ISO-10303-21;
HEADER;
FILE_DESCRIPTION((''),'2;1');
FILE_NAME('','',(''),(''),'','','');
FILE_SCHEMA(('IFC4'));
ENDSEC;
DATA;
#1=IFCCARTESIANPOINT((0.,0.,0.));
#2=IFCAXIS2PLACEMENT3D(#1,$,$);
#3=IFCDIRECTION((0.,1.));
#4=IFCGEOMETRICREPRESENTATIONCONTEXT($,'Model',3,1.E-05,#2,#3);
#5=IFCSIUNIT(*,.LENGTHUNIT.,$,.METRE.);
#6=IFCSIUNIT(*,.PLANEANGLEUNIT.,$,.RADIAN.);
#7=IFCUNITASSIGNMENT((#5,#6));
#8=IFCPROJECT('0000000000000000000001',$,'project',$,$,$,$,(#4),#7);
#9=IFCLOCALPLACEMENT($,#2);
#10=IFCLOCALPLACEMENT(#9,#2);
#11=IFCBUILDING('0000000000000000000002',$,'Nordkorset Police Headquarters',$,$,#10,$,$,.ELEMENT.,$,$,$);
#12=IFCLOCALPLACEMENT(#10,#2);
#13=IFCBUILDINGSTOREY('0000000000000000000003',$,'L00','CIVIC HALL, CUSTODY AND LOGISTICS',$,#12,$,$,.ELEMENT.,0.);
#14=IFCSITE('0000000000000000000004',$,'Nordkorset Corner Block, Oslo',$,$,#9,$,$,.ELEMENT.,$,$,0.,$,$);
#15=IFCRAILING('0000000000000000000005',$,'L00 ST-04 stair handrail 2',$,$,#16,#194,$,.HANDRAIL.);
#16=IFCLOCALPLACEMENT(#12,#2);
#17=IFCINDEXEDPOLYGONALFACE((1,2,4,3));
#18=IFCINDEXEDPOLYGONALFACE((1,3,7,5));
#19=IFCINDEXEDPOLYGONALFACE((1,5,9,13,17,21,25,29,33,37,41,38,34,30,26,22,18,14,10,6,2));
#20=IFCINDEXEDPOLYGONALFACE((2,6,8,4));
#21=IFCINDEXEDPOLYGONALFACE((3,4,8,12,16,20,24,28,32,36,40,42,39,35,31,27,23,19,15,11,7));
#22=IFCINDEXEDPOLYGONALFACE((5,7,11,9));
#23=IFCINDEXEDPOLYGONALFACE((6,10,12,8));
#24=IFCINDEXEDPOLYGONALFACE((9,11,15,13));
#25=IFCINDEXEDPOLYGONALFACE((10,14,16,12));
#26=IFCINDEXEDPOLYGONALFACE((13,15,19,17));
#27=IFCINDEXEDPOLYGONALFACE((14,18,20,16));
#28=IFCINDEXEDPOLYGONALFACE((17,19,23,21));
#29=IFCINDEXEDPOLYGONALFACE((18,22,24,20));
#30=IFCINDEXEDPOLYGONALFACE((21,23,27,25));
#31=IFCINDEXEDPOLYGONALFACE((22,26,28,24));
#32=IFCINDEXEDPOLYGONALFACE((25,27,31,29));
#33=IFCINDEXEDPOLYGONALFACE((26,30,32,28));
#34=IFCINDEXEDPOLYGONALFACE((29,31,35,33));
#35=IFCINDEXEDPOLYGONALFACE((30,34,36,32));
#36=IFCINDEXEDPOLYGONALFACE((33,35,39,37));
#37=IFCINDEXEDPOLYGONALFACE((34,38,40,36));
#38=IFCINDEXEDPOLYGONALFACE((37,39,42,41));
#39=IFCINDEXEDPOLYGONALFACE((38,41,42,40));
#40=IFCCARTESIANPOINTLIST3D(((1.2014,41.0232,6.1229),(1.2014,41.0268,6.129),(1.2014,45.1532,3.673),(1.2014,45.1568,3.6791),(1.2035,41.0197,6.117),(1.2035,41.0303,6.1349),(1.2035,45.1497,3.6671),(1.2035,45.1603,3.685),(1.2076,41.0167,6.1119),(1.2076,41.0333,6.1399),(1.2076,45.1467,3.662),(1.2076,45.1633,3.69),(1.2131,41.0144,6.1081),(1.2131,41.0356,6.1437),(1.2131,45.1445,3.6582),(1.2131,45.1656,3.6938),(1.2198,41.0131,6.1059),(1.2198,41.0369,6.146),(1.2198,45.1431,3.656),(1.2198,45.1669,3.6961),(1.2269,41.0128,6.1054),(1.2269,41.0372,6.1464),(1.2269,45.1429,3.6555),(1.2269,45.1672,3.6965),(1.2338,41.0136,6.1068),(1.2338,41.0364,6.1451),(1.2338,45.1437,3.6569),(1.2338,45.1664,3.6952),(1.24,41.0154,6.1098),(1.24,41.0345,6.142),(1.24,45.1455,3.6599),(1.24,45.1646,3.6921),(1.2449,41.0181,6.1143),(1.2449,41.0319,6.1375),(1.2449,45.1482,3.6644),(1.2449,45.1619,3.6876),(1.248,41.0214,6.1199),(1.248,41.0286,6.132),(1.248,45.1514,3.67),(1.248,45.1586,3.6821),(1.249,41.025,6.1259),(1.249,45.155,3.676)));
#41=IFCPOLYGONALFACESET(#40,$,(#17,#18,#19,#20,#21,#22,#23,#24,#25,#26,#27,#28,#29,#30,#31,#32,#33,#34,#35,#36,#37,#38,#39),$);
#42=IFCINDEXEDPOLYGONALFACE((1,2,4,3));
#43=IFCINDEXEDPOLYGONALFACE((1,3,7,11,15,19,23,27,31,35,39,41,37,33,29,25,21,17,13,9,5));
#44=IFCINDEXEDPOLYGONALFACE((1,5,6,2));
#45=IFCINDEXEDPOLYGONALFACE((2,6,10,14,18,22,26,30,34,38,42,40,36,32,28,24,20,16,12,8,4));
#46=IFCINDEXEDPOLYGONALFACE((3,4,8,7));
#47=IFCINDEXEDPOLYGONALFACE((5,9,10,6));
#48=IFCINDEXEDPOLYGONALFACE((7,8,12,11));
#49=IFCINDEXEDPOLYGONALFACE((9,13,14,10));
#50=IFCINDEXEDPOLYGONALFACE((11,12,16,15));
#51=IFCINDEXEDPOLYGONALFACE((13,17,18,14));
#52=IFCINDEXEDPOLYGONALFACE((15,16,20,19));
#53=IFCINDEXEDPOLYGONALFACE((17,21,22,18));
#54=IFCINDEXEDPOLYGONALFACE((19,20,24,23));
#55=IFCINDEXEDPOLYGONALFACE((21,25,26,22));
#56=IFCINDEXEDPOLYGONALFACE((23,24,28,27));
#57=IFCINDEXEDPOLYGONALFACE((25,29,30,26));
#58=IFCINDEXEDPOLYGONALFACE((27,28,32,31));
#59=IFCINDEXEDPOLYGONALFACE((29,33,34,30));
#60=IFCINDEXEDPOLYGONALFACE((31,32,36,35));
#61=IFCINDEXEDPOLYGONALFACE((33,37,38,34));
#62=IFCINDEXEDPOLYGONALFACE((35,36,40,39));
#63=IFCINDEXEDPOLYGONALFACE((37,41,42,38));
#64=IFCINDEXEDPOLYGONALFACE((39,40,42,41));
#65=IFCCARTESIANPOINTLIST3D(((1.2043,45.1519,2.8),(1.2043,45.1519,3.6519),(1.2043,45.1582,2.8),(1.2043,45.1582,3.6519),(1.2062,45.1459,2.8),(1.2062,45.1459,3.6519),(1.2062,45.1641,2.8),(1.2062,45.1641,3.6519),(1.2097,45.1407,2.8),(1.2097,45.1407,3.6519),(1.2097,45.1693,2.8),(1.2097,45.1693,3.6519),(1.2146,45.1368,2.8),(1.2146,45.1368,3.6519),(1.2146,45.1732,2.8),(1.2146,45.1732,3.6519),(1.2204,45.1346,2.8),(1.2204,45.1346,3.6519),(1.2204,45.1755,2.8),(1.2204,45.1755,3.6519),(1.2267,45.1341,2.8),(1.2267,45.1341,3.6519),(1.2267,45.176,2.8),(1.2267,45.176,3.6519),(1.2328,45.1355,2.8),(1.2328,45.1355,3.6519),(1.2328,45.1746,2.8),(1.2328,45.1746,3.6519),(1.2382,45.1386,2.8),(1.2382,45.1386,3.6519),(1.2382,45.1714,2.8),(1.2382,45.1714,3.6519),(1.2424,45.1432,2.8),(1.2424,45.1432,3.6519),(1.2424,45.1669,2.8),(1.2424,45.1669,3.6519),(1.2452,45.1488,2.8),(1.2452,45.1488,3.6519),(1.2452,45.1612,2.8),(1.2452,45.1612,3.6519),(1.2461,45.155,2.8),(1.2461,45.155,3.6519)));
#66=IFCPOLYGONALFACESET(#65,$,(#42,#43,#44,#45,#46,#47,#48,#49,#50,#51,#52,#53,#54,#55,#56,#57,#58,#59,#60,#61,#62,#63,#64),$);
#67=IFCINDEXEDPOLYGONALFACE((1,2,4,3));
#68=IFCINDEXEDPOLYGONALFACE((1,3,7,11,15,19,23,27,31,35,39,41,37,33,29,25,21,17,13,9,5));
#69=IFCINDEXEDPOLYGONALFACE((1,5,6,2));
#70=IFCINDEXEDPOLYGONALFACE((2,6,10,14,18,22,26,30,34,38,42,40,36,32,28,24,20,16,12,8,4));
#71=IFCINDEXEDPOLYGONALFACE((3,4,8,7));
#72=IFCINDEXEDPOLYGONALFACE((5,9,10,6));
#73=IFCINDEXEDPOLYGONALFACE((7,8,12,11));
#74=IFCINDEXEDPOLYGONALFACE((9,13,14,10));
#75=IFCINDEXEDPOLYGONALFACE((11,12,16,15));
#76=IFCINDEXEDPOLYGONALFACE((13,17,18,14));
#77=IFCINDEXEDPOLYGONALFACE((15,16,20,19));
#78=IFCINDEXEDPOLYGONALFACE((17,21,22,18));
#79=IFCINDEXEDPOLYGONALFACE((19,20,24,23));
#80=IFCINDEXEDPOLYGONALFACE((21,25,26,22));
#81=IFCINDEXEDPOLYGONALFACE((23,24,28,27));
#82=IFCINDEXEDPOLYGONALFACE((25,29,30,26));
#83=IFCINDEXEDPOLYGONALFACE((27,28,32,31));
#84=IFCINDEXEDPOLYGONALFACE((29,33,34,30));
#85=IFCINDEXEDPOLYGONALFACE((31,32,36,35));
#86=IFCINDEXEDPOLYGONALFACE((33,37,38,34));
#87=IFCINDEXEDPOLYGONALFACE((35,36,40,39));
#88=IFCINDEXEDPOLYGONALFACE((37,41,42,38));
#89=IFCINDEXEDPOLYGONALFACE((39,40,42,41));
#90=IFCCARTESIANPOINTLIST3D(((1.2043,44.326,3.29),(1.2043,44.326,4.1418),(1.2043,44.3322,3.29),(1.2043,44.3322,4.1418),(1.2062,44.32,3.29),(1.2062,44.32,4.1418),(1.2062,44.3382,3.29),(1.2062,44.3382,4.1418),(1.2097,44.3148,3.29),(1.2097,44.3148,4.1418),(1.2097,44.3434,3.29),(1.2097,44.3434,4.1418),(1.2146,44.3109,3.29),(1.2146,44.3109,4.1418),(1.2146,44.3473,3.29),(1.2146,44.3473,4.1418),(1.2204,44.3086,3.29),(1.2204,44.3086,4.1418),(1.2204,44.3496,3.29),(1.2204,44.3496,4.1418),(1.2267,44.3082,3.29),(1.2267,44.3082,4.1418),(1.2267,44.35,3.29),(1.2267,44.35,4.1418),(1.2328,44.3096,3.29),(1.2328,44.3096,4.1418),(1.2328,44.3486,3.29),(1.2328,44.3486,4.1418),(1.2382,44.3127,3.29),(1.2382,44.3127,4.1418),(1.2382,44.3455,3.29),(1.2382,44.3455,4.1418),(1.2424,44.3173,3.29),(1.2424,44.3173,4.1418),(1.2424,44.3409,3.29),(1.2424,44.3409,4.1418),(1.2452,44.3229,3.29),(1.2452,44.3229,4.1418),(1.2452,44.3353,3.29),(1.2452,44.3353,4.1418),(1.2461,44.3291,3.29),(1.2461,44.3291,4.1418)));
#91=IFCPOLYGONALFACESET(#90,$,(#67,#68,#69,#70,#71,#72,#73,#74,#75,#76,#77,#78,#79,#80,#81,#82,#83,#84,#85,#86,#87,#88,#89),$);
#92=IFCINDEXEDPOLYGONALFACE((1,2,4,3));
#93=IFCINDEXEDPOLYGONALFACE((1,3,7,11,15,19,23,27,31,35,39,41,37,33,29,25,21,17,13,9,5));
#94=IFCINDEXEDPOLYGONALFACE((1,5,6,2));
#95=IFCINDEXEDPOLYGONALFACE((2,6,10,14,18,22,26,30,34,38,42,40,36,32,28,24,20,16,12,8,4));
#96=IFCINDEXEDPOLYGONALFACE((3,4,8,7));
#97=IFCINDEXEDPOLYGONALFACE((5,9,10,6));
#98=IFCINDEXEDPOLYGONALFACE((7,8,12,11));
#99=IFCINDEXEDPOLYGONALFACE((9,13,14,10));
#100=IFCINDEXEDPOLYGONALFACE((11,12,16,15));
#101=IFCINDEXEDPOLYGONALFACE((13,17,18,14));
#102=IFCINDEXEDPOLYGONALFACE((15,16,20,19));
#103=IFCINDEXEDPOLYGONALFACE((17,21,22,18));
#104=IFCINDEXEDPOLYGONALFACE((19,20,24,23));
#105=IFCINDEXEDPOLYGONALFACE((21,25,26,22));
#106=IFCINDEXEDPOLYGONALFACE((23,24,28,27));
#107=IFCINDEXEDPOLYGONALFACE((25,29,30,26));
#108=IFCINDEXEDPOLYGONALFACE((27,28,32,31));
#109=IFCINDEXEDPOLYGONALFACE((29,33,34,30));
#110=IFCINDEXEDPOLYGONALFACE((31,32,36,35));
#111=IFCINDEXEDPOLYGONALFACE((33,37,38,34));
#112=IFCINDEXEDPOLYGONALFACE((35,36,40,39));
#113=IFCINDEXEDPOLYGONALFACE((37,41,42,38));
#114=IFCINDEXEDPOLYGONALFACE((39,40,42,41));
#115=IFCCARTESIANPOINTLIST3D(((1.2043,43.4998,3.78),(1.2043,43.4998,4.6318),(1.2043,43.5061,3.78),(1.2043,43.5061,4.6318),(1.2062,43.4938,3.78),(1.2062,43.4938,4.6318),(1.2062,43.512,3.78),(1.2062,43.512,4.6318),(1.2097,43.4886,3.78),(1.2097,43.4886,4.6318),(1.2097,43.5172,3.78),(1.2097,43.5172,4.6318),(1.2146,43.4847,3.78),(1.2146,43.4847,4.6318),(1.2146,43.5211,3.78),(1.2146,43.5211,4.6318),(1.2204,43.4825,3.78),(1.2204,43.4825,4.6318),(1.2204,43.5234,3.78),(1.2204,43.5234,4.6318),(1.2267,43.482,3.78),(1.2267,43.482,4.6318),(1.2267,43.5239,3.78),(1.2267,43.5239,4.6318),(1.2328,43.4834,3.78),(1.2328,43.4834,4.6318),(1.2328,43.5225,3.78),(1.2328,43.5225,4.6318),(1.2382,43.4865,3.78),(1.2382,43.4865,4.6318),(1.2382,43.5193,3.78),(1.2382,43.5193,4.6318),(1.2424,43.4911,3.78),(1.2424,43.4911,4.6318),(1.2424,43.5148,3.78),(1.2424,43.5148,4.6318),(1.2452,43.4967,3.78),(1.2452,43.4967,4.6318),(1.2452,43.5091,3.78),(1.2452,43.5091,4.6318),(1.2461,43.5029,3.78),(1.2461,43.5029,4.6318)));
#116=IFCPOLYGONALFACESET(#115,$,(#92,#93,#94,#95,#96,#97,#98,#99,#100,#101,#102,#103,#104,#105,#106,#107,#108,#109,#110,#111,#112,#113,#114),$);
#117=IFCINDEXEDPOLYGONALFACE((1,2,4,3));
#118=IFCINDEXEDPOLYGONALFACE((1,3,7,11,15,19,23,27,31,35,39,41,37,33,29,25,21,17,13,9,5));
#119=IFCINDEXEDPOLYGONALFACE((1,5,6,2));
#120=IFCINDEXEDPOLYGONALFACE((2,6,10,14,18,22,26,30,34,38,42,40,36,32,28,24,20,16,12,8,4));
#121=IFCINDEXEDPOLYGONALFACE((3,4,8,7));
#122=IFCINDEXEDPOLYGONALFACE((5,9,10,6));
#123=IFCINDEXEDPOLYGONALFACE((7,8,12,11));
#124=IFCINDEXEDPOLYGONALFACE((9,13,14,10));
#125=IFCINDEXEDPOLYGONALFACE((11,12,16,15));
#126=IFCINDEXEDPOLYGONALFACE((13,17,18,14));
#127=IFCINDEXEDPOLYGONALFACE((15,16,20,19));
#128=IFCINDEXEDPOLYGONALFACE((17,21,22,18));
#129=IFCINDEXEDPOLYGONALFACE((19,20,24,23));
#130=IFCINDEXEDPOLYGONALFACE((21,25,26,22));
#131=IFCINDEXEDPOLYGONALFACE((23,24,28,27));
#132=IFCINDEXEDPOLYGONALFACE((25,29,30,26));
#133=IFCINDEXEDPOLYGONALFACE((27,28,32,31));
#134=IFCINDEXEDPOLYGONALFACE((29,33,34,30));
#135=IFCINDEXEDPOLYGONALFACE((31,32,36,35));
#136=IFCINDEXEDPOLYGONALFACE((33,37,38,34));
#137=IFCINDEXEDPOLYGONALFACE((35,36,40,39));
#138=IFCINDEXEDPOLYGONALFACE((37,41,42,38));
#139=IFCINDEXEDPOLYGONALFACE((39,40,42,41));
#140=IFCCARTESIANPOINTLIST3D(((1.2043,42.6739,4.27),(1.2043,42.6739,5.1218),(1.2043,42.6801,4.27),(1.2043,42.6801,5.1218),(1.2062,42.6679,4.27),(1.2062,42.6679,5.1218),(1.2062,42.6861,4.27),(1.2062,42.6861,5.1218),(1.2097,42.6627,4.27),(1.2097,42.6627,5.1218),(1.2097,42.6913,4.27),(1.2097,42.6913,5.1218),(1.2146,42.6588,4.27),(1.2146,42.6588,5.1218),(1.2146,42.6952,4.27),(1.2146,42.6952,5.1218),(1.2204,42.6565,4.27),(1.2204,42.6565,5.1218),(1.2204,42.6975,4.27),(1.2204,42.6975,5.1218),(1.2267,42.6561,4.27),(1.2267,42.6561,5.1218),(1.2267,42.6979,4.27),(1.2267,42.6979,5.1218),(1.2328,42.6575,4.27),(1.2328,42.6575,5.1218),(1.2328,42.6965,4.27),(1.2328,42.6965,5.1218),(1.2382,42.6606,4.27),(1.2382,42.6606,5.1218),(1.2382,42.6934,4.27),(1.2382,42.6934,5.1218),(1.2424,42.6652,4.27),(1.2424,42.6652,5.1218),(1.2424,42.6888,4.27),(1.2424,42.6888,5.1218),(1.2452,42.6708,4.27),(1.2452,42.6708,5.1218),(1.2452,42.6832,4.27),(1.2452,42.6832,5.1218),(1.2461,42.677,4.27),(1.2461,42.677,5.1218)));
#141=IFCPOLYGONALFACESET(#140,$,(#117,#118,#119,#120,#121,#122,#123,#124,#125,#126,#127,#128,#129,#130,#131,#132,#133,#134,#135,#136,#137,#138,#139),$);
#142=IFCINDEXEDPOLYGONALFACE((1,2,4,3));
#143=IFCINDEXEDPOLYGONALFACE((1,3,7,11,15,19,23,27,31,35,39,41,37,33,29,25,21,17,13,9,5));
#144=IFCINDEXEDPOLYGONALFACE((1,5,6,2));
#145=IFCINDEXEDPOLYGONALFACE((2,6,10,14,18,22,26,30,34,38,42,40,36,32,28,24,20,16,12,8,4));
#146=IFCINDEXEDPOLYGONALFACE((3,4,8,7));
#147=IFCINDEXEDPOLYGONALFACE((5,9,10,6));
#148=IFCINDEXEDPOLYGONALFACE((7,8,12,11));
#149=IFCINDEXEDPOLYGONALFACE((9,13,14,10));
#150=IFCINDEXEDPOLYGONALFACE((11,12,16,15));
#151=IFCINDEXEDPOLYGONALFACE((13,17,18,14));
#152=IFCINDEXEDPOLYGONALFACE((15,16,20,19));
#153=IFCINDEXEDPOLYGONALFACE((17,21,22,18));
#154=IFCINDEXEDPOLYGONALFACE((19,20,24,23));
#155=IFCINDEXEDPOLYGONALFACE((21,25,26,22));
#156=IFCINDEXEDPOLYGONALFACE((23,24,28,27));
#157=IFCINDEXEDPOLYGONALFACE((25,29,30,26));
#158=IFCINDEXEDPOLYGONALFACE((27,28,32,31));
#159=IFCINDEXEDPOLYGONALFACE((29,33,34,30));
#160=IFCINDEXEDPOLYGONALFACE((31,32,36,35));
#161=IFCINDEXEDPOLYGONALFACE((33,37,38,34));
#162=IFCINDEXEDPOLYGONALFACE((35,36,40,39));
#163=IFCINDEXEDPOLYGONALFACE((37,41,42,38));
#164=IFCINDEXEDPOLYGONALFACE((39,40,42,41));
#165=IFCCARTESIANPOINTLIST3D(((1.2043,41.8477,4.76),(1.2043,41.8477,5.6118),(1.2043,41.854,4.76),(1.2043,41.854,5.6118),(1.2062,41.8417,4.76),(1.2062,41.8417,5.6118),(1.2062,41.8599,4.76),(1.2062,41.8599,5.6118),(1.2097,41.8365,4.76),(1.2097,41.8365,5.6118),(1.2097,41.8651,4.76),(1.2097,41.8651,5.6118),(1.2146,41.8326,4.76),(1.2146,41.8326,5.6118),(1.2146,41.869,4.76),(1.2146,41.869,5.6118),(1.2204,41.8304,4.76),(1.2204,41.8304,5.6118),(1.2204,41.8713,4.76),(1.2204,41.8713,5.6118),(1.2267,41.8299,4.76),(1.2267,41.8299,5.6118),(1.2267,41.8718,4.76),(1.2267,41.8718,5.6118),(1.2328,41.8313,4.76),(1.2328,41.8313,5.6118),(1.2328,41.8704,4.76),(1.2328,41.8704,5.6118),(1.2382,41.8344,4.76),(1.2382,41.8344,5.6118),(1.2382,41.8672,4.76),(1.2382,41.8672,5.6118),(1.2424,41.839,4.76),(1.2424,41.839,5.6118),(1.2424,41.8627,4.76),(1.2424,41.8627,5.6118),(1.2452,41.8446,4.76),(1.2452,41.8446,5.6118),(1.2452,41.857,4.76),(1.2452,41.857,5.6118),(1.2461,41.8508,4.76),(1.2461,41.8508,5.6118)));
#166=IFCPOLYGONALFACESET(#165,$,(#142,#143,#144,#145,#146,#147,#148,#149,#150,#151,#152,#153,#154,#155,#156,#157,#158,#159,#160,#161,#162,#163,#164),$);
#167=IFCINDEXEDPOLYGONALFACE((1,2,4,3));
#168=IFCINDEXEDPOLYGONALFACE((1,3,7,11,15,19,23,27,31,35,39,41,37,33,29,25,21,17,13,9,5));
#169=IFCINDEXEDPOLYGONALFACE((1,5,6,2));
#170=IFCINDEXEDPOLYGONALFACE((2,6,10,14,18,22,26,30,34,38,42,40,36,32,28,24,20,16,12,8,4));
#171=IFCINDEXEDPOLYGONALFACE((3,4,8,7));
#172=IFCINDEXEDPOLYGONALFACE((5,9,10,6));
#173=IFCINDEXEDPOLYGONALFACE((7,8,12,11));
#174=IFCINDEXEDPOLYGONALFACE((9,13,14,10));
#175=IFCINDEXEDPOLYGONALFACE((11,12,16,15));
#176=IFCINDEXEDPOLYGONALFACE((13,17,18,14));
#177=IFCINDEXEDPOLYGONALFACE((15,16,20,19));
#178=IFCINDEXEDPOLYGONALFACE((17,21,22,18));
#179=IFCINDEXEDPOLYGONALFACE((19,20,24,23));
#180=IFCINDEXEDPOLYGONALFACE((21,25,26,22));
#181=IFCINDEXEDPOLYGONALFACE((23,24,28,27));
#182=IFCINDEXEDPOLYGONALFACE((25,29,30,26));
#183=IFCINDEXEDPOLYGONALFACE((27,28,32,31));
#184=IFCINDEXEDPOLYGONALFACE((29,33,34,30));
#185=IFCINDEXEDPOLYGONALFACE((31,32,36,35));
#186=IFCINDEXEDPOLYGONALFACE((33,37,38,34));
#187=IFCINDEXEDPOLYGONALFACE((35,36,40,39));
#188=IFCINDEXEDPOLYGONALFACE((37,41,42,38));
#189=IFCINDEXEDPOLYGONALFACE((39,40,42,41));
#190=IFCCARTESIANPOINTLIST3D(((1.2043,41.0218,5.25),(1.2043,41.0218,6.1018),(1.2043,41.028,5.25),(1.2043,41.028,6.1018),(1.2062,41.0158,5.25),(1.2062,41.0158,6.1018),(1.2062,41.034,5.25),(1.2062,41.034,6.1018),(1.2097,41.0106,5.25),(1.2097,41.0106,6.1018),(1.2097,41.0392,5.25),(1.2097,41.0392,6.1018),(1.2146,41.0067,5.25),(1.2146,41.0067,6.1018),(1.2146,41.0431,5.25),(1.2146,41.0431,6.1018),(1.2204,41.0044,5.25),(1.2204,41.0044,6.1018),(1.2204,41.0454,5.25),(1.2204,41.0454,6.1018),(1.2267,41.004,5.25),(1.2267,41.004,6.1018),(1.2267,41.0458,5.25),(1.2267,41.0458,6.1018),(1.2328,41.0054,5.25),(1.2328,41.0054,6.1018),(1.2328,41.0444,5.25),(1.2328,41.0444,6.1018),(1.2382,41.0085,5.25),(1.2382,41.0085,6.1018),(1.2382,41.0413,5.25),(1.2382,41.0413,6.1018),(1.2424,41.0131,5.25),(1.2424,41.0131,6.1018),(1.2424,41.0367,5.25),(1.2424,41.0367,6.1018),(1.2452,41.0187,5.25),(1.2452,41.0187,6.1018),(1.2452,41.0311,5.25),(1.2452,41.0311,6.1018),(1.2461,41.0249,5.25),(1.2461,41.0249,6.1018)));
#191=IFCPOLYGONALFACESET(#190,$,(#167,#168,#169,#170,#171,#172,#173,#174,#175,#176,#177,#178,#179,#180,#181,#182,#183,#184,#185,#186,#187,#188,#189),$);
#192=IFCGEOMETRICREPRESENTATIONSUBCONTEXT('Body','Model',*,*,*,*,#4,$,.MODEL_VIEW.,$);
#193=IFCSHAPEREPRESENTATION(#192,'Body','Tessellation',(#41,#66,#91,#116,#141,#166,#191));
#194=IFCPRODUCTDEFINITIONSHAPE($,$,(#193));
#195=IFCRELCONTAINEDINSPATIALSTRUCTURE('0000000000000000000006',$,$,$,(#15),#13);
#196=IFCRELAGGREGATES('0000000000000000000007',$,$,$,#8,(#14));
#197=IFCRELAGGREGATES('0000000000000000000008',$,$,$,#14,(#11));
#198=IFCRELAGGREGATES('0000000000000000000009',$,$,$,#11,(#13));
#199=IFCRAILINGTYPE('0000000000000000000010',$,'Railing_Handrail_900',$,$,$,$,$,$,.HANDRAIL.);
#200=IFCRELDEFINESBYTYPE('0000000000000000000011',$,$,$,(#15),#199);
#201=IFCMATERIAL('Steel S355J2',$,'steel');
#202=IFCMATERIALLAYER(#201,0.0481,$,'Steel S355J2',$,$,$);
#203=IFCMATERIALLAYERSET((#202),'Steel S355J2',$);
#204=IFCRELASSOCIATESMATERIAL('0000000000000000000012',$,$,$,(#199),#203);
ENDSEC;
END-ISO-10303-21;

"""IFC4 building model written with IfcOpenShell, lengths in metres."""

from ifc_helpers import new_model, si_unit, direction, frame, origin, origin_2d, place, context, subcontext, project, spatial, circle, extrude, material, layer, layer_set, type_object, element, save


model = new_model("IFC4")

# Units and contexts
model_context = context("Model", 3, precision=1e-05, world=origin(), true_north=direction((0.0, 1.0)))
body_context = subcontext(model_context, "Body", "Model", "MODEL_VIEW")
ifc_project = project(units=[si_unit("LENGTHUNIT", "METRE"), si_unit("PLANEANGLEUNIT", "RADIAN")], contexts=[model_context])

# Site, building, storey
site_placement = place(None, origin())
site = spatial("IfcSite", under=ifc_project, at=site_placement, Name="Nordkorset Corner Block, Oslo", CompositionType="ELEMENT", RefElevation=0.0)
building_placement = place(site_placement, origin())
building = spatial("IfcBuilding", under=site, at=building_placement, Name="Nordkorset Police Headquarters", CompositionType="ELEMENT")
storey_placement = place(building_placement, origin())
storey = spatial("IfcBuildingStorey", under=building, at=storey_placement, Name="L00", Description="CIVIC HALL, CUSTODY AND LOGISTICS", CompositionType="ELEMENT", Elevation=0.0)

# Railing
ifc_material_1 = material(Name="Steel S355J2", Category="steel")
ifc_layer_1 = layer(ifc_material_1, 0.0481, Name="Steel S355J2")
ifc_layer_set_1 = layer_set([ifc_layer_1], Name="Steel S355J2")
railing_type_1 = type_object("IfcRailingType", Name="Railing_Handrail_900", PredefinedType="HANDRAIL", material=ifc_layer_set_1)
railing_1_placement = place(storey_placement, frame((1.2251, 45.155, 2.8)))
element("IfcRailing", 1, at=railing_1_placement, inside=storey, type_object=railing_type_1, Name="L00 ST-04 stair handrail 2", PredefinedType="HANDRAIL", context=body_context, shape_type="SweptSolid", body=[
    extrude(circle(Radius=0.0239, at=origin_2d()), frame((0.0, 0.0, 0.876), z_axis=(0.0, -0.860066, 0.510183), x_axis=(1.0, 0.0, 0.0)), (0.0, 0.0, 1.0), 4.802),
    extrude(circle(Radius=0.021, at=origin_2d()), origin(), (0.0, 0.0, 1.0), 0.8518),
    extrude(circle(Radius=0.021, at=origin_2d()), frame((0.0, -0.8259, 0.49)), (0.0, 0.0, 1.0), 0.8518),
    extrude(circle(Radius=0.021, at=origin_2d()), frame((0.0, -1.6521, 0.98)), (0.0, 0.0, 1.0), 0.8518),
    extrude(circle(Radius=0.021, at=origin_2d()), frame((0.0, -2.478, 1.47)), (0.0, 0.0, 1.0), 0.8518),
    extrude(circle(Radius=0.021, at=origin_2d()), frame((0.0, -3.3042, 1.96)), (0.0, 0.0, 1.0), 0.8518),
    extrude(circle(Radius=0.021, at=origin_2d()), frame((0.0, -4.1301, 2.45)), (0.0, 0.0, 1.0), 0.8518),
])

save(model, "model.ifc")
